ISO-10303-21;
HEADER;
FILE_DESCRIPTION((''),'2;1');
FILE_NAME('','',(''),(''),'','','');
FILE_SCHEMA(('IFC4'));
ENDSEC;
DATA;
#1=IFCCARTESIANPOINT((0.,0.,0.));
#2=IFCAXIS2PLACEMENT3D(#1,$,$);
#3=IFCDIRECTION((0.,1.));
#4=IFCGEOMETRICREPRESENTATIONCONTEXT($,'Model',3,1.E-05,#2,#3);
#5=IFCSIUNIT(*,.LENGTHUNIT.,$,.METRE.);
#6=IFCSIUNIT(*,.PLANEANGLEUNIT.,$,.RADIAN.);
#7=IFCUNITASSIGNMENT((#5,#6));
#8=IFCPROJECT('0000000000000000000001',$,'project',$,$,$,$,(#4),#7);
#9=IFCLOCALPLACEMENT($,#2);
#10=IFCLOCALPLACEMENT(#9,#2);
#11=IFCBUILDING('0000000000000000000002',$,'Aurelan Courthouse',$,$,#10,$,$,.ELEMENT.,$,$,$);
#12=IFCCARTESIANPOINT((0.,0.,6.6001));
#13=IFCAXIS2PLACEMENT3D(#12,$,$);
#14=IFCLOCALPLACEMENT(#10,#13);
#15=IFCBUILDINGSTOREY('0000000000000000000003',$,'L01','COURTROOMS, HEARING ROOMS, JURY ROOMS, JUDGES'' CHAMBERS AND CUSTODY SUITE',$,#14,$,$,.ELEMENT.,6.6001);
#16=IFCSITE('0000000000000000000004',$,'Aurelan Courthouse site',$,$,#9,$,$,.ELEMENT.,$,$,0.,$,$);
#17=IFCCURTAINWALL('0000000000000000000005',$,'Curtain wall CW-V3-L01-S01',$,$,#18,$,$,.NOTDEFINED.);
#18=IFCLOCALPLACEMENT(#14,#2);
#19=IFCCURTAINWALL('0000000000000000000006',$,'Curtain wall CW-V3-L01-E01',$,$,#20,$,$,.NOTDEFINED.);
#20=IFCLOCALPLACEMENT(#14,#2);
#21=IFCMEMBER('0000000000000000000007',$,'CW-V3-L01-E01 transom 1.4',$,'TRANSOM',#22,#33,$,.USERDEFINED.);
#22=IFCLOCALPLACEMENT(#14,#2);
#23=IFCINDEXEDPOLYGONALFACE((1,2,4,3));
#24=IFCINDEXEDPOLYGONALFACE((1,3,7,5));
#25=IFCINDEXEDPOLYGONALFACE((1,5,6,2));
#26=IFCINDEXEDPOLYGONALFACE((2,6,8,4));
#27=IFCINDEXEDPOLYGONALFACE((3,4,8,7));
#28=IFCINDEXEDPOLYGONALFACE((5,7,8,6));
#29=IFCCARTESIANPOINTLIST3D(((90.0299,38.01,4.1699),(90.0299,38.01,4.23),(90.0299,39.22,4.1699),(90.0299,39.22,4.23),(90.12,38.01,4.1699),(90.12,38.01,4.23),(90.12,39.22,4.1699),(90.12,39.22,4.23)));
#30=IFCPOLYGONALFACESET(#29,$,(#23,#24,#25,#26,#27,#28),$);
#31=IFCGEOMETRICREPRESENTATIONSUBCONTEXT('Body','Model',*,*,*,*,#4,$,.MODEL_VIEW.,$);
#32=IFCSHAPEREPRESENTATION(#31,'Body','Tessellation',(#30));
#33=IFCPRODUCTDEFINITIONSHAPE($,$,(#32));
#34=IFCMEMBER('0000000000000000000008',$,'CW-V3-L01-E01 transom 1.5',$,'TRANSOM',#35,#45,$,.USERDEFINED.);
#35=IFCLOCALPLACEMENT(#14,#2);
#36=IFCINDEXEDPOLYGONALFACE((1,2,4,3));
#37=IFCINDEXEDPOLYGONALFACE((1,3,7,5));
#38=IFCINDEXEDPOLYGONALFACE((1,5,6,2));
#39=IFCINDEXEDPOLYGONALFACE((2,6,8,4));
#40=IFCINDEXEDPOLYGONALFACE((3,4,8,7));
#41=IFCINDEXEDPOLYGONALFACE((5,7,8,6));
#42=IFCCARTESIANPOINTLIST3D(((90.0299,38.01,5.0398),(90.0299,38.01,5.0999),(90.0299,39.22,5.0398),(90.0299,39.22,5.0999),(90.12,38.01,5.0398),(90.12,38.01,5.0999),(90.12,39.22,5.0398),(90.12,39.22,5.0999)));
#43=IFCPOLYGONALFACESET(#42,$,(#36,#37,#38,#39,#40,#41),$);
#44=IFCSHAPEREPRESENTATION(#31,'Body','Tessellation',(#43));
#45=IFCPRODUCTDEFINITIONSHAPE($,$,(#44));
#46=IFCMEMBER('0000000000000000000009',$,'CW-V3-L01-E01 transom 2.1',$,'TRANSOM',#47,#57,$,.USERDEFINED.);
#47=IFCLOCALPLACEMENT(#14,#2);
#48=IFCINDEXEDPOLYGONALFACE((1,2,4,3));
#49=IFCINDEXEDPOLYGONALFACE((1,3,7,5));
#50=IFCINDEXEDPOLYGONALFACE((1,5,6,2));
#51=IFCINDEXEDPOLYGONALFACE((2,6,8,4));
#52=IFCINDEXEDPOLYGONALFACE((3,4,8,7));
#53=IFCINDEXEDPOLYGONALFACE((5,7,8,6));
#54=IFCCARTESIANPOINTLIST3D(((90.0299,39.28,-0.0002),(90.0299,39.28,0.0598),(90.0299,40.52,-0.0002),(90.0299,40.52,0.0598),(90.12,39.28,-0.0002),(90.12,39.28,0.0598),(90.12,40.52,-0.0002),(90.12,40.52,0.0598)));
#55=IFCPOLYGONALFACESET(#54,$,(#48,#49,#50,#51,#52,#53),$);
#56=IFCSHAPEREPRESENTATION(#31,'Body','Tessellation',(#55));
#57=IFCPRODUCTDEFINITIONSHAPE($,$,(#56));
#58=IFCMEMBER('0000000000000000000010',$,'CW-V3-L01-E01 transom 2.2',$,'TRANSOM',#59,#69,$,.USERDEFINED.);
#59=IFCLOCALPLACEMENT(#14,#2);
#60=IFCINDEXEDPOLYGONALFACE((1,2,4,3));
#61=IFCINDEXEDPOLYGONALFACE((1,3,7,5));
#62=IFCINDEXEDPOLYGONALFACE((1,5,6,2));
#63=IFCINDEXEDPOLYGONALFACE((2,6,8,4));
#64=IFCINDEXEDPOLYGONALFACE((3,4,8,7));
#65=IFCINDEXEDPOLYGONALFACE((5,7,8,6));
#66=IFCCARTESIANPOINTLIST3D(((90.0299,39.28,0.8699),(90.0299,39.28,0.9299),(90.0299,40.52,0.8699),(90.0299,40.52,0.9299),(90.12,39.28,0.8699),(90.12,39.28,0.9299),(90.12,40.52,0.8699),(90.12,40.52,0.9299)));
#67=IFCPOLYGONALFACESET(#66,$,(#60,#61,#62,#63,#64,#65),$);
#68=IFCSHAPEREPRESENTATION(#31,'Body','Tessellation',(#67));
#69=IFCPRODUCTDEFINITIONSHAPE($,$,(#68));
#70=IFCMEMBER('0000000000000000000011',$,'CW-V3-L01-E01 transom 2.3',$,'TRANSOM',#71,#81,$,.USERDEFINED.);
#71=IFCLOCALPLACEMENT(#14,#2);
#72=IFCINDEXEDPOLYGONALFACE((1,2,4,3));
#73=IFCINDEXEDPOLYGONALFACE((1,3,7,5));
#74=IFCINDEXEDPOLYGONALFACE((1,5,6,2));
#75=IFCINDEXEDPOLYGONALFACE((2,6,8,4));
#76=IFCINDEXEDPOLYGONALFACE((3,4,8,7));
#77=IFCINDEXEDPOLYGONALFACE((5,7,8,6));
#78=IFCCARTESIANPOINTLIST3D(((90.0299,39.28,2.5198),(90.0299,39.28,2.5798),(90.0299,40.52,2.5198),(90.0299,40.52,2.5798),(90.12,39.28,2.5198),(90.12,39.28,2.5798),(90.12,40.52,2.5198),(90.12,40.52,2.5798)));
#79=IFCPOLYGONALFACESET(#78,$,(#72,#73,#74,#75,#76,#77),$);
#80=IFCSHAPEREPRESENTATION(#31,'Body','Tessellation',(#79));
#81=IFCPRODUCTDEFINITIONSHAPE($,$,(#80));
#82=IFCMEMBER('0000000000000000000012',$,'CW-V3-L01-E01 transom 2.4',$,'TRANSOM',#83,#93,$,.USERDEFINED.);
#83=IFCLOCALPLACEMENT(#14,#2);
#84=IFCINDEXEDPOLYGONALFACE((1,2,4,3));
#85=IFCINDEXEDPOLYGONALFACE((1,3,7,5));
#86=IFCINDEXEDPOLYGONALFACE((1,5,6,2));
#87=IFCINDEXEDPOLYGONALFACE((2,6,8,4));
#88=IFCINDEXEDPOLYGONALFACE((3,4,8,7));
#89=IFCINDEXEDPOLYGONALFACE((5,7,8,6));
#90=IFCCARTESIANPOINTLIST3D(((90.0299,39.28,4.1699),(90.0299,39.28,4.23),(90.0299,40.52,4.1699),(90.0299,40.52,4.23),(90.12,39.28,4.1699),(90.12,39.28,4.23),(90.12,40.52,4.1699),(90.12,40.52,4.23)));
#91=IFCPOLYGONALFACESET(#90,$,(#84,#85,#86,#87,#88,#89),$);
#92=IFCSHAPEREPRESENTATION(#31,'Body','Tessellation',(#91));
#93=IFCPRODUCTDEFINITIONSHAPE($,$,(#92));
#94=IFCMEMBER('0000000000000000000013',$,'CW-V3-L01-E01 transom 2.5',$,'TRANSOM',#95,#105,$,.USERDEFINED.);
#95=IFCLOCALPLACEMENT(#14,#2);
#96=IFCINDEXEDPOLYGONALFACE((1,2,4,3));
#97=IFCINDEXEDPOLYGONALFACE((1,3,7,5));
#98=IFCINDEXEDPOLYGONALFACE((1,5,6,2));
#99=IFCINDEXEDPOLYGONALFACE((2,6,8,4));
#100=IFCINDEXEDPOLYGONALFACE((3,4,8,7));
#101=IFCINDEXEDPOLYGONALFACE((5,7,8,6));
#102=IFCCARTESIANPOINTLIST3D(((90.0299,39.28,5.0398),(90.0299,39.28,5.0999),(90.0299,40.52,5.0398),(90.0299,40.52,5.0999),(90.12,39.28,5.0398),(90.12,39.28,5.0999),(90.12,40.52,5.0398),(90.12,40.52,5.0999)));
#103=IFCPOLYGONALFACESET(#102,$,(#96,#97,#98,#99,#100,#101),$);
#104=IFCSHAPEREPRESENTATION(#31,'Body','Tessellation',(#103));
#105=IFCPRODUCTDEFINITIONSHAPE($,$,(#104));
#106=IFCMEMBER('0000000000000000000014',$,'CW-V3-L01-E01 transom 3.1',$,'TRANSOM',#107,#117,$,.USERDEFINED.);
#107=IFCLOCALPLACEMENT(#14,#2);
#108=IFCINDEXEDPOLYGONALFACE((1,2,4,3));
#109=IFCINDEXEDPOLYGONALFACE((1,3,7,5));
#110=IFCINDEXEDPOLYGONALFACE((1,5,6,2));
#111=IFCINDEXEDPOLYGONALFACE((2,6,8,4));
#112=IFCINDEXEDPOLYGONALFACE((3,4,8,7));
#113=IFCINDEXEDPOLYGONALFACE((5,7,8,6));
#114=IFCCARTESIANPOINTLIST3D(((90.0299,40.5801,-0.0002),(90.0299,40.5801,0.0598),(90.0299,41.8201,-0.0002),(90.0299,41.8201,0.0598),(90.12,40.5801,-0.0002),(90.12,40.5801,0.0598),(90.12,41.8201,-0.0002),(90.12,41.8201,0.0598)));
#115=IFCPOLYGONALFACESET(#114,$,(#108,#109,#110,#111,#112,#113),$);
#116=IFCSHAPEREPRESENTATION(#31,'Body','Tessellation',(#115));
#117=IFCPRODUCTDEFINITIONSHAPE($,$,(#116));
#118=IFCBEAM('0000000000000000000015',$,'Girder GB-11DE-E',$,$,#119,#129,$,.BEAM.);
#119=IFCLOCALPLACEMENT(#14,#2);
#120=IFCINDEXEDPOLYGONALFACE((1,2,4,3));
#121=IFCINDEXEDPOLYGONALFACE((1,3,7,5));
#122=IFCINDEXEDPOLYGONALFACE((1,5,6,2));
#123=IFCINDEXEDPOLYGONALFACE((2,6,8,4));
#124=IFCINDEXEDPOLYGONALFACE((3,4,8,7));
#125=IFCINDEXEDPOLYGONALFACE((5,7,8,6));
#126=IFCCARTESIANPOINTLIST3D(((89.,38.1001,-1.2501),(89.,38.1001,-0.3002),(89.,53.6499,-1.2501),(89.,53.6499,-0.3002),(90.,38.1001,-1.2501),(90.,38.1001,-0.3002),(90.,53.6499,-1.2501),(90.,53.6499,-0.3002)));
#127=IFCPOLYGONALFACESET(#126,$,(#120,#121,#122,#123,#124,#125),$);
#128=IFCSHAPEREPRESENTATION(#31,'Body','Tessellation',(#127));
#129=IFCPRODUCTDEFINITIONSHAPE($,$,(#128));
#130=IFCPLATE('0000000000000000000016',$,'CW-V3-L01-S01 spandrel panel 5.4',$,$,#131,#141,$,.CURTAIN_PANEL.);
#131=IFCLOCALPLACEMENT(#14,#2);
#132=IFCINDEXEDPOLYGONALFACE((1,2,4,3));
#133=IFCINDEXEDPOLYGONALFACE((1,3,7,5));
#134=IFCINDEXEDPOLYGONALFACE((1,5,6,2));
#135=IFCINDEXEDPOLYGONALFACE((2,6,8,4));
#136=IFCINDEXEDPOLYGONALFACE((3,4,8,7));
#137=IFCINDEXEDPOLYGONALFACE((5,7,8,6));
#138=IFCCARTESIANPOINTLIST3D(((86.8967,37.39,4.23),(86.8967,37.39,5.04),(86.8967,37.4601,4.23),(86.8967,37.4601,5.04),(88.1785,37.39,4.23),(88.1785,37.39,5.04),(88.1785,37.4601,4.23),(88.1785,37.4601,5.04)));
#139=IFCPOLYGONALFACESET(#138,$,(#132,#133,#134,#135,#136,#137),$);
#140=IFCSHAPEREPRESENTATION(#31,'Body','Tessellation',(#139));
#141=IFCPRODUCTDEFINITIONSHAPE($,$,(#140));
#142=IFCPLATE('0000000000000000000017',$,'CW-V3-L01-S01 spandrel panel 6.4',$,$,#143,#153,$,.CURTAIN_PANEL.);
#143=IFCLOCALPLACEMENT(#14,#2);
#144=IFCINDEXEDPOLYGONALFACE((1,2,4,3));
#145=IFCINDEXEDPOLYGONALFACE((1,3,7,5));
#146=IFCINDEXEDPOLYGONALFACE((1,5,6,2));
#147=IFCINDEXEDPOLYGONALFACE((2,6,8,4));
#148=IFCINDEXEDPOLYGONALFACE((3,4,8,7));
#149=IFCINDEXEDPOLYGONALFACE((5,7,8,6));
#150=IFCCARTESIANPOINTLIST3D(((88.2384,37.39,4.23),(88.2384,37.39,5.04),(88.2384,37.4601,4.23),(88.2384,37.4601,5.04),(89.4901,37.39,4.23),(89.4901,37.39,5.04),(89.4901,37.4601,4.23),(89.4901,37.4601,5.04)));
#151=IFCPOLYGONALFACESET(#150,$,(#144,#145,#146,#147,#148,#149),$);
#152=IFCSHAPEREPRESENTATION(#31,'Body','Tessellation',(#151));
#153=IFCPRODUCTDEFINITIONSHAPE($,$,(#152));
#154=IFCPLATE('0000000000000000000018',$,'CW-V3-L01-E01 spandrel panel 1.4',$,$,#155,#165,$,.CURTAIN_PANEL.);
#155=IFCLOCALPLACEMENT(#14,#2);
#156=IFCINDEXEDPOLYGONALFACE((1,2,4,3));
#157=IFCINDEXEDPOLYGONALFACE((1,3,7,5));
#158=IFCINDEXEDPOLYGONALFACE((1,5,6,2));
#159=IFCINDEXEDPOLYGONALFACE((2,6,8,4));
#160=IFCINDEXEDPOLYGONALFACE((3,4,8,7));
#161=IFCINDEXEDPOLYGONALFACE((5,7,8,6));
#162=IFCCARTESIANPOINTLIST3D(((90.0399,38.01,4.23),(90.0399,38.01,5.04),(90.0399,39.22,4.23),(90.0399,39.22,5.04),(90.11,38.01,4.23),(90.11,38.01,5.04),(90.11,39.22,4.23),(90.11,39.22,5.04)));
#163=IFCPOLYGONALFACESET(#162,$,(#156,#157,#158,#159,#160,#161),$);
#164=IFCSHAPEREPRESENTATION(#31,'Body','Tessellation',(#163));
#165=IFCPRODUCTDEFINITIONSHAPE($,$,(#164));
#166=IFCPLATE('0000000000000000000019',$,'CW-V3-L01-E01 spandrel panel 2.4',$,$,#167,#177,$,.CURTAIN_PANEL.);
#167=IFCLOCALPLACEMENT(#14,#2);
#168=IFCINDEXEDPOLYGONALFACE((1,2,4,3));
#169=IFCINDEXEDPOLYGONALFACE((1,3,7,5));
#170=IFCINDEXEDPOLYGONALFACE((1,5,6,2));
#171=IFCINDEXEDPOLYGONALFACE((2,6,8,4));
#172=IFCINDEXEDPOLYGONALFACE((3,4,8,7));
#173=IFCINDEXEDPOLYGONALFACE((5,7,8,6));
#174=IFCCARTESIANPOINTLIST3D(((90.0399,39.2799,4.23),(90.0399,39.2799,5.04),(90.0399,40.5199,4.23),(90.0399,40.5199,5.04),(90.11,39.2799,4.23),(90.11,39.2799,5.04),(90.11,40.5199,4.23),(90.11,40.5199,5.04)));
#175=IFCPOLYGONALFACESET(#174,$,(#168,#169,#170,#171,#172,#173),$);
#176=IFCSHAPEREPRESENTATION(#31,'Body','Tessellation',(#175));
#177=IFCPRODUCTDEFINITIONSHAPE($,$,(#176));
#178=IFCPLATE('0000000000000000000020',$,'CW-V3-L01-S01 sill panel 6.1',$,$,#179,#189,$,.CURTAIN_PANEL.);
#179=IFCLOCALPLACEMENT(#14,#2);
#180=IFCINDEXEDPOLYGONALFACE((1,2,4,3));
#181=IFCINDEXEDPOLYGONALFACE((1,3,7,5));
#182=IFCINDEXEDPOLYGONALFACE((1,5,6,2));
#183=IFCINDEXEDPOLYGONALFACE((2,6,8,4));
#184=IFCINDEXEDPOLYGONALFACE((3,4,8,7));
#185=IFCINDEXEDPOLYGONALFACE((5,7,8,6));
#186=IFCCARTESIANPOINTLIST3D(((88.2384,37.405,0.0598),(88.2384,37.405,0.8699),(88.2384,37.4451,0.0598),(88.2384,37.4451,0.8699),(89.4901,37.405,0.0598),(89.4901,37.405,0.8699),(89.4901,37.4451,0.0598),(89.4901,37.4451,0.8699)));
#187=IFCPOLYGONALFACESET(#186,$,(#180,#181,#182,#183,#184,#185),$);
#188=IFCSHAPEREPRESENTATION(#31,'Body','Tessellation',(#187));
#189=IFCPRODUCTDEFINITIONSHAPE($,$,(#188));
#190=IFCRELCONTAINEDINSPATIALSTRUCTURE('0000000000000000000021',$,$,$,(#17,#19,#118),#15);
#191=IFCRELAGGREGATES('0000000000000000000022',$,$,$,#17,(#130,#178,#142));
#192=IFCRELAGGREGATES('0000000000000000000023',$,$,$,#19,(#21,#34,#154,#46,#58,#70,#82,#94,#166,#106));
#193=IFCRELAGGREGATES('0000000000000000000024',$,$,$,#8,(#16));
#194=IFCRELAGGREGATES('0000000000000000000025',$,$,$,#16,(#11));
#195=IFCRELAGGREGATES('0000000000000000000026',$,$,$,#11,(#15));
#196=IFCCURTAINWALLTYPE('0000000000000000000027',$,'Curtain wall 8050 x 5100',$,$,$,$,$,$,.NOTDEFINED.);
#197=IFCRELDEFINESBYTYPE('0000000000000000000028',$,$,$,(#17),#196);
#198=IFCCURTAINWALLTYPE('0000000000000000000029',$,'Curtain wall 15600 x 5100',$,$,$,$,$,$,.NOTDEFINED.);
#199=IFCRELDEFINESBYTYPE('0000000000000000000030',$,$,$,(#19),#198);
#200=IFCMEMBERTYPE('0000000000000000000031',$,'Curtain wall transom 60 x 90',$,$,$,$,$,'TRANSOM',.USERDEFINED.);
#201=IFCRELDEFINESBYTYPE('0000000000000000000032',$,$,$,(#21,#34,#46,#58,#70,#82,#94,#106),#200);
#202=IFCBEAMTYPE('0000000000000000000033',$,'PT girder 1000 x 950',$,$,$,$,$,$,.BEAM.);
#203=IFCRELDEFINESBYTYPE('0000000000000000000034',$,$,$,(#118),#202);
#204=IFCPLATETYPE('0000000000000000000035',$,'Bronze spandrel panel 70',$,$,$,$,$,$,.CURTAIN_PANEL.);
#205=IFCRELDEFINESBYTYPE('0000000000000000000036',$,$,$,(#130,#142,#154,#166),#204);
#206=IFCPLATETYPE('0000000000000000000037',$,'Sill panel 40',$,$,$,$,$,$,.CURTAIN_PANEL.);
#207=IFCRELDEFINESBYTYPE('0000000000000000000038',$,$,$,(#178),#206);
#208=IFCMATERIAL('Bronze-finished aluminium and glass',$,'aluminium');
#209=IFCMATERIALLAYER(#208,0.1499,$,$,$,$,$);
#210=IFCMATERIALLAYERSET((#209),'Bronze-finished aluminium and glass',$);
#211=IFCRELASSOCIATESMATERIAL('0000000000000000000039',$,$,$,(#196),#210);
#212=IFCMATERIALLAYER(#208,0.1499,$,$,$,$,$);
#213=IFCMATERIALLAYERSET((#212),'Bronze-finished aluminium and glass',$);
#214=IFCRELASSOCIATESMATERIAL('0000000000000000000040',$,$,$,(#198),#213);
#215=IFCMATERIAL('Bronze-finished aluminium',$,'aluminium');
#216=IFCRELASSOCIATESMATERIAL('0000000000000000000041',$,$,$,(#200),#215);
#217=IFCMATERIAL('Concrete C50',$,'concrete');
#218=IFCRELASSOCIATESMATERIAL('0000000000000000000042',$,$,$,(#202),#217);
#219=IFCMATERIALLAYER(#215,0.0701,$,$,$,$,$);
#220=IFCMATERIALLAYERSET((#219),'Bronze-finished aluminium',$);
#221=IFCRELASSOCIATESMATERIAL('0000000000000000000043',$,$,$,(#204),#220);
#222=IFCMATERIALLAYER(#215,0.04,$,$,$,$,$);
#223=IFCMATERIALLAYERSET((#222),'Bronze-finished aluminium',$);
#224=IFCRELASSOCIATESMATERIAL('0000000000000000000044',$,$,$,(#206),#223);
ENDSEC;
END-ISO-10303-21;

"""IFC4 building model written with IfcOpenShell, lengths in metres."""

from ifc_helpers import new_model, si_unit, direction, frame, origin, origin_2d, place, context, subcontext, project, spatial, rectangle, extrude, material, layer, layer_set, material_profile, profile_set, type_object, element, aggregate, save


model = new_model("IFC4")

# Units and contexts
model_context = context("Model", 3, precision=1e-05, world=origin(), true_north=direction((0.0, 1.0)))
body_context = subcontext(model_context, "Body", "Model", "MODEL_VIEW")
ifc_project = project(units=[si_unit("LENGTHUNIT", "METRE"), si_unit("PLANEANGLEUNIT", "RADIAN")], contexts=[model_context])

# Site, building, storey
site_placement = place(None, origin())
site = spatial("IfcSite", under=ifc_project, at=site_placement, Name="Aurelan Courthouse site", CompositionType="ELEMENT", RefElevation=0.0)
building_placement = place(site_placement, origin())
building = spatial("IfcBuilding", under=site, at=building_placement, Name="Aurelan Courthouse", CompositionType="ELEMENT")
storey_placement = place(building_placement, frame((0.0, 0.0, 6.6001)))
storey = spatial("IfcBuildingStorey", under=building, at=storey_placement, Name="L01", Description="COURTROOMS, HEARING ROOMS, JURY ROOMS, JUDGES' CHAMBERS AND CUSTODY SUITE", CompositionType="ELEMENT", Elevation=6.6001)

# Shared definitions
ifc_material_1 = material(Name="Concrete C50", Category="concrete")

# Curtain walls
ifc_material_2 = material(Name="Bronze-finished aluminium and glass", Category="aluminium")
ifc_layer_1 = layer(ifc_material_2, 0.1499)
ifc_layer_set_1 = layer_set([ifc_layer_1], Name="Bronze-finished aluminium and glass")
curtain_wall_type_1 = type_object("IfcCurtainWallType", Name="Curtain wall 8050 x 5100", PredefinedType="NOTDEFINED", material=ifc_layer_set_1)
curtain_wall_1_placement = place(storey_placement, origin())
curtain_wall_1 = element("IfcCurtainWall", 1, at=curtain_wall_1_placement, inside=storey, type_object=curtain_wall_type_1, Name="Curtain wall CW-V3-L01-S01", PredefinedType="NOTDEFINED")
ifc_material_3 = material(Name="Bronze-finished aluminium", Category="aluminium")
ifc_layer_2 = layer(ifc_material_2, 0.1499)
ifc_layer_set_2 = layer_set([ifc_layer_2], Name="Bronze-finished aluminium and glass")
curtain_wall_type_2 = type_object("IfcCurtainWallType", Name="Curtain wall 15600 x 5100", PredefinedType="NOTDEFINED", material=ifc_layer_set_2)
curtain_wall_2_placement = place(storey_placement, origin())
curtain_wall_2 = element("IfcCurtainWall", 2, at=curtain_wall_2_placement, inside=storey, type_object=curtain_wall_type_2, Name="Curtain wall CW-V3-L01-E01", PredefinedType="NOTDEFINED")

# Members
ifc_material_profile_1 = material_profile(ifc_material_3, rectangle(XDim=0.0901, YDim=0.0601, at=origin_2d()), Name="Bronze transom 60 x 90")
ifc_profile_set_1 = profile_set([ifc_material_profile_1], Name="Bronze-finished aluminium")
member_type_1 = type_object("IfcMemberType", Name="Curtain wall transom 60 x 90", ElementType="TRANSOM", PredefinedType="USERDEFINED", material=ifc_profile_set_1)
member_1_placement = place(storey_placement, frame((90.075, 38.01, 4.2), z_axis=(0.0, 1.0, 0.0), x_axis=(-1.0, 0.0, 0.0)))
member_1 = element("IfcMember", 3, at=member_1_placement, type_object=member_type_1, Name="CW-V3-L01-E01 transom 1.4", ObjectType="TRANSOM", PredefinedType="USERDEFINED", context=body_context, shape_type="SweptSolid", body=[
    extrude(rectangle(XDim=0.0901, YDim=0.0601, at=origin_2d()), origin(), (0.0, 0.0, 1.0), 1.21),
])
member_2_placement = place(storey_placement, frame((90.075, 38.01, 5.0698), z_axis=(0.0, 1.0, 0.0), x_axis=(-1.0, 0.0, 0.0)))
member_2 = element("IfcMember", 4, at=member_2_placement, type_object=member_type_1, Name="CW-V3-L01-E01 transom 1.5", ObjectType="TRANSOM", PredefinedType="USERDEFINED", context=body_context, shape_type="SweptSolid", body=[
    extrude(rectangle(XDim=0.0901, YDim=0.0601, at=origin_2d()), origin(), (0.0, 0.0, 1.0), 1.21),
])
member_3_placement = place(storey_placement, frame((90.075, 39.28, 0.0298), z_axis=(0.0, 1.0, 0.0), x_axis=(-1.0, 0.0, 0.0)))
member_3 = element("IfcMember", 5, at=member_3_placement, type_object=member_type_1, Name="CW-V3-L01-E01 transom 2.1", ObjectType="TRANSOM", PredefinedType="USERDEFINED", context=body_context, shape_type="SweptSolid", body=[
    extrude(rectangle(XDim=0.0901, YDim=0.0601, at=origin_2d()), origin(), (0.0, 0.0, 1.0), 1.24),
])
member_4_placement = place(storey_placement, frame((90.075, 39.28, 0.8999), z_axis=(0.0, 1.0, 0.0), x_axis=(-1.0, 0.0, 0.0)))
member_4 = element("IfcMember", 6, at=member_4_placement, type_object=member_type_1, Name="CW-V3-L01-E01 transom 2.2", ObjectType="TRANSOM", PredefinedType="USERDEFINED", context=body_context, shape_type="SweptSolid", body=[
    extrude(rectangle(XDim=0.0901, YDim=0.0601, at=origin_2d()), origin(), (0.0, 0.0, 1.0), 1.24),
])
member_5_placement = place(storey_placement, frame((90.075, 39.28, 2.5498), z_axis=(0.0, 1.0, 0.0), x_axis=(-1.0, 0.0, 0.0)))
member_5 = element("IfcMember", 7, at=member_5_placement, type_object=member_type_1, Name="CW-V3-L01-E01 transom 2.3", ObjectType="TRANSOM", PredefinedType="USERDEFINED", context=body_context, shape_type="SweptSolid", body=[
    extrude(rectangle(XDim=0.0901, YDim=0.0601, at=origin_2d()), origin(), (0.0, 0.0, 1.0), 1.24),
])
member_6_placement = place(storey_placement, frame((90.075, 39.28, 4.2), z_axis=(0.0, 1.0, 0.0), x_axis=(-1.0, 0.0, 0.0)))
member_6 = element("IfcMember", 8, at=member_6_placement, type_object=member_type_1, Name="CW-V3-L01-E01 transom 2.4", ObjectType="TRANSOM", PredefinedType="USERDEFINED", context=body_context, shape_type="SweptSolid", body=[
    extrude(rectangle(XDim=0.0901, YDim=0.0601, at=origin_2d()), origin(), (0.0, 0.0, 1.0), 1.24),
])
member_7_placement = place(storey_placement, frame((90.075, 39.28, 5.0698), z_axis=(0.0, 1.0, 0.0), x_axis=(-1.0, 0.0, 0.0)))
member_7 = element("IfcMember", 9, at=member_7_placement, type_object=member_type_1, Name="CW-V3-L01-E01 transom 2.5", ObjectType="TRANSOM", PredefinedType="USERDEFINED", context=body_context, shape_type="SweptSolid", body=[
    extrude(rectangle(XDim=0.0901, YDim=0.0601, at=origin_2d()), origin(), (0.0, 0.0, 1.0), 1.24),
])
member_8_placement = place(storey_placement, frame((90.075, 40.5801, 0.0298), z_axis=(0.0, 1.0, 0.0), x_axis=(-1.0, 0.0, 0.0)))
member_8 = element("IfcMember", 10, at=member_8_placement, type_object=member_type_1, Name="CW-V3-L01-E01 transom 3.1", ObjectType="TRANSOM", PredefinedType="USERDEFINED", context=body_context, shape_type="SweptSolid", body=[
    extrude(rectangle(XDim=0.0901, YDim=0.0601, at=origin_2d()), origin(), (0.0, 0.0, 1.0), 1.24),
])

# Beam
ifc_material_profile_2 = material_profile(ifc_material_1, rectangle(XDim=1.0, YDim=0.95, at=origin_2d()), Name="RC 1000 x 950")
ifc_profile_set_2 = profile_set([ifc_material_profile_2], Name="Concrete C50")
beam_type = type_object("IfcBeamType", Name="PT girder 1000 x 950", PredefinedType="BEAM", material=ifc_profile_set_2)
beam_placement = place(storey_placement, frame((89.5, 38.1001, -0.7751), z_axis=(0.0, 1.0, 0.0), x_axis=(-1.0, 0.0, 0.0)))
element("IfcBeam", 11, at=beam_placement, inside=storey, type_object=beam_type, Name="Girder GB-11DE-E", PredefinedType="BEAM", context=body_context, shape_type="SweptSolid", body=[
    extrude(rectangle(XDim=1.0, YDim=0.95, at=origin_2d()), origin(), (0.0, 0.0, 1.0), 15.5498),
])

# Plates
ifc_layer_3 = layer(ifc_material_3, 0.0701)
ifc_layer_set_3 = layer_set([ifc_layer_3], Name="Bronze-finished aluminium")
plate_type_1 = type_object("IfcPlateType", Name="Bronze spandrel panel 70", PredefinedType="CURTAIN_PANEL", material=ifc_layer_set_3)
plate_1_placement = place(storey_placement, frame((87.5376, 37.425, 4.23), z_axis=(0.0, 0.0, 1.0), x_axis=(1.0, 0.0, 0.0)))
plate_1 = element("IfcPlate", 12, at=plate_1_placement, type_object=plate_type_1, Name="CW-V3-L01-S01 spandrel panel 5.4", PredefinedType="CURTAIN_PANEL", context=body_context, shape_type="SweptSolid", body=[
    extrude(rectangle(XDim=1.2817, YDim=0.0701, at=origin_2d()), origin(), (0.0, 0.0, 1.0), 0.8101),
])
plate_2_placement = place(storey_placement, frame((88.8643, 37.425, 4.23), z_axis=(0.0, 0.0, 1.0), x_axis=(1.0, 0.0, 0.0)))
plate_2 = element("IfcPlate", 13, at=plate_2_placement, type_object=plate_type_1, Name="CW-V3-L01-S01 spandrel panel 6.4", PredefinedType="CURTAIN_PANEL", context=body_context, shape_type="SweptSolid", body=[
    extrude(rectangle(XDim=1.2517, YDim=0.0701, at=origin_2d()), origin(), (0.0, 0.0, 1.0), 0.8101),
])
plate_3_placement = place(storey_placement, frame((90.075, 38.615, 4.23), z_axis=(0.0, 0.0, 1.0), x_axis=(0.0, 1.0, 0.0)))
plate_3 = element("IfcPlate", 14, at=plate_3_placement, type_object=plate_type_1, Name="CW-V3-L01-E01 spandrel panel 1.4", PredefinedType="CURTAIN_PANEL", context=body_context, shape_type="SweptSolid", body=[
    extrude(rectangle(XDim=1.21, YDim=0.0701, at=origin_2d()), origin(), (0.0, 0.0, 1.0), 0.8101),
])
plate_4_placement = place(storey_placement, frame((90.075, 39.8999, 4.23), z_axis=(0.0, 0.0, 1.0), x_axis=(0.0, 1.0, 0.0)))
plate_4 = element("IfcPlate", 15, at=plate_4_placement, type_object=plate_type_1, Name="CW-V3-L01-E01 spandrel panel 2.4", PredefinedType="CURTAIN_PANEL", context=body_context, shape_type="SweptSolid", body=[
    extrude(rectangle(XDim=1.24, YDim=0.0701, at=origin_2d()), origin(), (0.0, 0.0, 1.0), 0.8101),
])
ifc_layer_4 = layer(ifc_material_3, 0.04)
ifc_layer_set_4 = layer_set([ifc_layer_4], Name="Bronze-finished aluminium")
plate_type_2 = type_object("IfcPlateType", Name="Sill panel 40", PredefinedType="CURTAIN_PANEL", material=ifc_layer_set_4)
plate_5_placement = place(storey_placement, frame((88.8643, 37.425, 0.0598), z_axis=(0.0, 0.0, 1.0), x_axis=(1.0, 0.0, 0.0)))
plate_5 = element("IfcPlate", 16, at=plate_5_placement, type_object=plate_type_2, Name="CW-V3-L01-S01 sill panel 6.1", PredefinedType="CURTAIN_PANEL", context=body_context, shape_type="SweptSolid", body=[
    extrude(rectangle(XDim=1.2517, YDim=0.04, at=origin_2d()), origin(), (0.0, 0.0, 1.0), 0.8101),
])
aggregate(curtain_wall_1, [plate_1, plate_5, plate_2])
aggregate(curtain_wall_2, [member_1, member_2, plate_3, member_3, member_4, member_5, member_6, member_7, plate_4, member_8])

save(model, "model.ifc")
